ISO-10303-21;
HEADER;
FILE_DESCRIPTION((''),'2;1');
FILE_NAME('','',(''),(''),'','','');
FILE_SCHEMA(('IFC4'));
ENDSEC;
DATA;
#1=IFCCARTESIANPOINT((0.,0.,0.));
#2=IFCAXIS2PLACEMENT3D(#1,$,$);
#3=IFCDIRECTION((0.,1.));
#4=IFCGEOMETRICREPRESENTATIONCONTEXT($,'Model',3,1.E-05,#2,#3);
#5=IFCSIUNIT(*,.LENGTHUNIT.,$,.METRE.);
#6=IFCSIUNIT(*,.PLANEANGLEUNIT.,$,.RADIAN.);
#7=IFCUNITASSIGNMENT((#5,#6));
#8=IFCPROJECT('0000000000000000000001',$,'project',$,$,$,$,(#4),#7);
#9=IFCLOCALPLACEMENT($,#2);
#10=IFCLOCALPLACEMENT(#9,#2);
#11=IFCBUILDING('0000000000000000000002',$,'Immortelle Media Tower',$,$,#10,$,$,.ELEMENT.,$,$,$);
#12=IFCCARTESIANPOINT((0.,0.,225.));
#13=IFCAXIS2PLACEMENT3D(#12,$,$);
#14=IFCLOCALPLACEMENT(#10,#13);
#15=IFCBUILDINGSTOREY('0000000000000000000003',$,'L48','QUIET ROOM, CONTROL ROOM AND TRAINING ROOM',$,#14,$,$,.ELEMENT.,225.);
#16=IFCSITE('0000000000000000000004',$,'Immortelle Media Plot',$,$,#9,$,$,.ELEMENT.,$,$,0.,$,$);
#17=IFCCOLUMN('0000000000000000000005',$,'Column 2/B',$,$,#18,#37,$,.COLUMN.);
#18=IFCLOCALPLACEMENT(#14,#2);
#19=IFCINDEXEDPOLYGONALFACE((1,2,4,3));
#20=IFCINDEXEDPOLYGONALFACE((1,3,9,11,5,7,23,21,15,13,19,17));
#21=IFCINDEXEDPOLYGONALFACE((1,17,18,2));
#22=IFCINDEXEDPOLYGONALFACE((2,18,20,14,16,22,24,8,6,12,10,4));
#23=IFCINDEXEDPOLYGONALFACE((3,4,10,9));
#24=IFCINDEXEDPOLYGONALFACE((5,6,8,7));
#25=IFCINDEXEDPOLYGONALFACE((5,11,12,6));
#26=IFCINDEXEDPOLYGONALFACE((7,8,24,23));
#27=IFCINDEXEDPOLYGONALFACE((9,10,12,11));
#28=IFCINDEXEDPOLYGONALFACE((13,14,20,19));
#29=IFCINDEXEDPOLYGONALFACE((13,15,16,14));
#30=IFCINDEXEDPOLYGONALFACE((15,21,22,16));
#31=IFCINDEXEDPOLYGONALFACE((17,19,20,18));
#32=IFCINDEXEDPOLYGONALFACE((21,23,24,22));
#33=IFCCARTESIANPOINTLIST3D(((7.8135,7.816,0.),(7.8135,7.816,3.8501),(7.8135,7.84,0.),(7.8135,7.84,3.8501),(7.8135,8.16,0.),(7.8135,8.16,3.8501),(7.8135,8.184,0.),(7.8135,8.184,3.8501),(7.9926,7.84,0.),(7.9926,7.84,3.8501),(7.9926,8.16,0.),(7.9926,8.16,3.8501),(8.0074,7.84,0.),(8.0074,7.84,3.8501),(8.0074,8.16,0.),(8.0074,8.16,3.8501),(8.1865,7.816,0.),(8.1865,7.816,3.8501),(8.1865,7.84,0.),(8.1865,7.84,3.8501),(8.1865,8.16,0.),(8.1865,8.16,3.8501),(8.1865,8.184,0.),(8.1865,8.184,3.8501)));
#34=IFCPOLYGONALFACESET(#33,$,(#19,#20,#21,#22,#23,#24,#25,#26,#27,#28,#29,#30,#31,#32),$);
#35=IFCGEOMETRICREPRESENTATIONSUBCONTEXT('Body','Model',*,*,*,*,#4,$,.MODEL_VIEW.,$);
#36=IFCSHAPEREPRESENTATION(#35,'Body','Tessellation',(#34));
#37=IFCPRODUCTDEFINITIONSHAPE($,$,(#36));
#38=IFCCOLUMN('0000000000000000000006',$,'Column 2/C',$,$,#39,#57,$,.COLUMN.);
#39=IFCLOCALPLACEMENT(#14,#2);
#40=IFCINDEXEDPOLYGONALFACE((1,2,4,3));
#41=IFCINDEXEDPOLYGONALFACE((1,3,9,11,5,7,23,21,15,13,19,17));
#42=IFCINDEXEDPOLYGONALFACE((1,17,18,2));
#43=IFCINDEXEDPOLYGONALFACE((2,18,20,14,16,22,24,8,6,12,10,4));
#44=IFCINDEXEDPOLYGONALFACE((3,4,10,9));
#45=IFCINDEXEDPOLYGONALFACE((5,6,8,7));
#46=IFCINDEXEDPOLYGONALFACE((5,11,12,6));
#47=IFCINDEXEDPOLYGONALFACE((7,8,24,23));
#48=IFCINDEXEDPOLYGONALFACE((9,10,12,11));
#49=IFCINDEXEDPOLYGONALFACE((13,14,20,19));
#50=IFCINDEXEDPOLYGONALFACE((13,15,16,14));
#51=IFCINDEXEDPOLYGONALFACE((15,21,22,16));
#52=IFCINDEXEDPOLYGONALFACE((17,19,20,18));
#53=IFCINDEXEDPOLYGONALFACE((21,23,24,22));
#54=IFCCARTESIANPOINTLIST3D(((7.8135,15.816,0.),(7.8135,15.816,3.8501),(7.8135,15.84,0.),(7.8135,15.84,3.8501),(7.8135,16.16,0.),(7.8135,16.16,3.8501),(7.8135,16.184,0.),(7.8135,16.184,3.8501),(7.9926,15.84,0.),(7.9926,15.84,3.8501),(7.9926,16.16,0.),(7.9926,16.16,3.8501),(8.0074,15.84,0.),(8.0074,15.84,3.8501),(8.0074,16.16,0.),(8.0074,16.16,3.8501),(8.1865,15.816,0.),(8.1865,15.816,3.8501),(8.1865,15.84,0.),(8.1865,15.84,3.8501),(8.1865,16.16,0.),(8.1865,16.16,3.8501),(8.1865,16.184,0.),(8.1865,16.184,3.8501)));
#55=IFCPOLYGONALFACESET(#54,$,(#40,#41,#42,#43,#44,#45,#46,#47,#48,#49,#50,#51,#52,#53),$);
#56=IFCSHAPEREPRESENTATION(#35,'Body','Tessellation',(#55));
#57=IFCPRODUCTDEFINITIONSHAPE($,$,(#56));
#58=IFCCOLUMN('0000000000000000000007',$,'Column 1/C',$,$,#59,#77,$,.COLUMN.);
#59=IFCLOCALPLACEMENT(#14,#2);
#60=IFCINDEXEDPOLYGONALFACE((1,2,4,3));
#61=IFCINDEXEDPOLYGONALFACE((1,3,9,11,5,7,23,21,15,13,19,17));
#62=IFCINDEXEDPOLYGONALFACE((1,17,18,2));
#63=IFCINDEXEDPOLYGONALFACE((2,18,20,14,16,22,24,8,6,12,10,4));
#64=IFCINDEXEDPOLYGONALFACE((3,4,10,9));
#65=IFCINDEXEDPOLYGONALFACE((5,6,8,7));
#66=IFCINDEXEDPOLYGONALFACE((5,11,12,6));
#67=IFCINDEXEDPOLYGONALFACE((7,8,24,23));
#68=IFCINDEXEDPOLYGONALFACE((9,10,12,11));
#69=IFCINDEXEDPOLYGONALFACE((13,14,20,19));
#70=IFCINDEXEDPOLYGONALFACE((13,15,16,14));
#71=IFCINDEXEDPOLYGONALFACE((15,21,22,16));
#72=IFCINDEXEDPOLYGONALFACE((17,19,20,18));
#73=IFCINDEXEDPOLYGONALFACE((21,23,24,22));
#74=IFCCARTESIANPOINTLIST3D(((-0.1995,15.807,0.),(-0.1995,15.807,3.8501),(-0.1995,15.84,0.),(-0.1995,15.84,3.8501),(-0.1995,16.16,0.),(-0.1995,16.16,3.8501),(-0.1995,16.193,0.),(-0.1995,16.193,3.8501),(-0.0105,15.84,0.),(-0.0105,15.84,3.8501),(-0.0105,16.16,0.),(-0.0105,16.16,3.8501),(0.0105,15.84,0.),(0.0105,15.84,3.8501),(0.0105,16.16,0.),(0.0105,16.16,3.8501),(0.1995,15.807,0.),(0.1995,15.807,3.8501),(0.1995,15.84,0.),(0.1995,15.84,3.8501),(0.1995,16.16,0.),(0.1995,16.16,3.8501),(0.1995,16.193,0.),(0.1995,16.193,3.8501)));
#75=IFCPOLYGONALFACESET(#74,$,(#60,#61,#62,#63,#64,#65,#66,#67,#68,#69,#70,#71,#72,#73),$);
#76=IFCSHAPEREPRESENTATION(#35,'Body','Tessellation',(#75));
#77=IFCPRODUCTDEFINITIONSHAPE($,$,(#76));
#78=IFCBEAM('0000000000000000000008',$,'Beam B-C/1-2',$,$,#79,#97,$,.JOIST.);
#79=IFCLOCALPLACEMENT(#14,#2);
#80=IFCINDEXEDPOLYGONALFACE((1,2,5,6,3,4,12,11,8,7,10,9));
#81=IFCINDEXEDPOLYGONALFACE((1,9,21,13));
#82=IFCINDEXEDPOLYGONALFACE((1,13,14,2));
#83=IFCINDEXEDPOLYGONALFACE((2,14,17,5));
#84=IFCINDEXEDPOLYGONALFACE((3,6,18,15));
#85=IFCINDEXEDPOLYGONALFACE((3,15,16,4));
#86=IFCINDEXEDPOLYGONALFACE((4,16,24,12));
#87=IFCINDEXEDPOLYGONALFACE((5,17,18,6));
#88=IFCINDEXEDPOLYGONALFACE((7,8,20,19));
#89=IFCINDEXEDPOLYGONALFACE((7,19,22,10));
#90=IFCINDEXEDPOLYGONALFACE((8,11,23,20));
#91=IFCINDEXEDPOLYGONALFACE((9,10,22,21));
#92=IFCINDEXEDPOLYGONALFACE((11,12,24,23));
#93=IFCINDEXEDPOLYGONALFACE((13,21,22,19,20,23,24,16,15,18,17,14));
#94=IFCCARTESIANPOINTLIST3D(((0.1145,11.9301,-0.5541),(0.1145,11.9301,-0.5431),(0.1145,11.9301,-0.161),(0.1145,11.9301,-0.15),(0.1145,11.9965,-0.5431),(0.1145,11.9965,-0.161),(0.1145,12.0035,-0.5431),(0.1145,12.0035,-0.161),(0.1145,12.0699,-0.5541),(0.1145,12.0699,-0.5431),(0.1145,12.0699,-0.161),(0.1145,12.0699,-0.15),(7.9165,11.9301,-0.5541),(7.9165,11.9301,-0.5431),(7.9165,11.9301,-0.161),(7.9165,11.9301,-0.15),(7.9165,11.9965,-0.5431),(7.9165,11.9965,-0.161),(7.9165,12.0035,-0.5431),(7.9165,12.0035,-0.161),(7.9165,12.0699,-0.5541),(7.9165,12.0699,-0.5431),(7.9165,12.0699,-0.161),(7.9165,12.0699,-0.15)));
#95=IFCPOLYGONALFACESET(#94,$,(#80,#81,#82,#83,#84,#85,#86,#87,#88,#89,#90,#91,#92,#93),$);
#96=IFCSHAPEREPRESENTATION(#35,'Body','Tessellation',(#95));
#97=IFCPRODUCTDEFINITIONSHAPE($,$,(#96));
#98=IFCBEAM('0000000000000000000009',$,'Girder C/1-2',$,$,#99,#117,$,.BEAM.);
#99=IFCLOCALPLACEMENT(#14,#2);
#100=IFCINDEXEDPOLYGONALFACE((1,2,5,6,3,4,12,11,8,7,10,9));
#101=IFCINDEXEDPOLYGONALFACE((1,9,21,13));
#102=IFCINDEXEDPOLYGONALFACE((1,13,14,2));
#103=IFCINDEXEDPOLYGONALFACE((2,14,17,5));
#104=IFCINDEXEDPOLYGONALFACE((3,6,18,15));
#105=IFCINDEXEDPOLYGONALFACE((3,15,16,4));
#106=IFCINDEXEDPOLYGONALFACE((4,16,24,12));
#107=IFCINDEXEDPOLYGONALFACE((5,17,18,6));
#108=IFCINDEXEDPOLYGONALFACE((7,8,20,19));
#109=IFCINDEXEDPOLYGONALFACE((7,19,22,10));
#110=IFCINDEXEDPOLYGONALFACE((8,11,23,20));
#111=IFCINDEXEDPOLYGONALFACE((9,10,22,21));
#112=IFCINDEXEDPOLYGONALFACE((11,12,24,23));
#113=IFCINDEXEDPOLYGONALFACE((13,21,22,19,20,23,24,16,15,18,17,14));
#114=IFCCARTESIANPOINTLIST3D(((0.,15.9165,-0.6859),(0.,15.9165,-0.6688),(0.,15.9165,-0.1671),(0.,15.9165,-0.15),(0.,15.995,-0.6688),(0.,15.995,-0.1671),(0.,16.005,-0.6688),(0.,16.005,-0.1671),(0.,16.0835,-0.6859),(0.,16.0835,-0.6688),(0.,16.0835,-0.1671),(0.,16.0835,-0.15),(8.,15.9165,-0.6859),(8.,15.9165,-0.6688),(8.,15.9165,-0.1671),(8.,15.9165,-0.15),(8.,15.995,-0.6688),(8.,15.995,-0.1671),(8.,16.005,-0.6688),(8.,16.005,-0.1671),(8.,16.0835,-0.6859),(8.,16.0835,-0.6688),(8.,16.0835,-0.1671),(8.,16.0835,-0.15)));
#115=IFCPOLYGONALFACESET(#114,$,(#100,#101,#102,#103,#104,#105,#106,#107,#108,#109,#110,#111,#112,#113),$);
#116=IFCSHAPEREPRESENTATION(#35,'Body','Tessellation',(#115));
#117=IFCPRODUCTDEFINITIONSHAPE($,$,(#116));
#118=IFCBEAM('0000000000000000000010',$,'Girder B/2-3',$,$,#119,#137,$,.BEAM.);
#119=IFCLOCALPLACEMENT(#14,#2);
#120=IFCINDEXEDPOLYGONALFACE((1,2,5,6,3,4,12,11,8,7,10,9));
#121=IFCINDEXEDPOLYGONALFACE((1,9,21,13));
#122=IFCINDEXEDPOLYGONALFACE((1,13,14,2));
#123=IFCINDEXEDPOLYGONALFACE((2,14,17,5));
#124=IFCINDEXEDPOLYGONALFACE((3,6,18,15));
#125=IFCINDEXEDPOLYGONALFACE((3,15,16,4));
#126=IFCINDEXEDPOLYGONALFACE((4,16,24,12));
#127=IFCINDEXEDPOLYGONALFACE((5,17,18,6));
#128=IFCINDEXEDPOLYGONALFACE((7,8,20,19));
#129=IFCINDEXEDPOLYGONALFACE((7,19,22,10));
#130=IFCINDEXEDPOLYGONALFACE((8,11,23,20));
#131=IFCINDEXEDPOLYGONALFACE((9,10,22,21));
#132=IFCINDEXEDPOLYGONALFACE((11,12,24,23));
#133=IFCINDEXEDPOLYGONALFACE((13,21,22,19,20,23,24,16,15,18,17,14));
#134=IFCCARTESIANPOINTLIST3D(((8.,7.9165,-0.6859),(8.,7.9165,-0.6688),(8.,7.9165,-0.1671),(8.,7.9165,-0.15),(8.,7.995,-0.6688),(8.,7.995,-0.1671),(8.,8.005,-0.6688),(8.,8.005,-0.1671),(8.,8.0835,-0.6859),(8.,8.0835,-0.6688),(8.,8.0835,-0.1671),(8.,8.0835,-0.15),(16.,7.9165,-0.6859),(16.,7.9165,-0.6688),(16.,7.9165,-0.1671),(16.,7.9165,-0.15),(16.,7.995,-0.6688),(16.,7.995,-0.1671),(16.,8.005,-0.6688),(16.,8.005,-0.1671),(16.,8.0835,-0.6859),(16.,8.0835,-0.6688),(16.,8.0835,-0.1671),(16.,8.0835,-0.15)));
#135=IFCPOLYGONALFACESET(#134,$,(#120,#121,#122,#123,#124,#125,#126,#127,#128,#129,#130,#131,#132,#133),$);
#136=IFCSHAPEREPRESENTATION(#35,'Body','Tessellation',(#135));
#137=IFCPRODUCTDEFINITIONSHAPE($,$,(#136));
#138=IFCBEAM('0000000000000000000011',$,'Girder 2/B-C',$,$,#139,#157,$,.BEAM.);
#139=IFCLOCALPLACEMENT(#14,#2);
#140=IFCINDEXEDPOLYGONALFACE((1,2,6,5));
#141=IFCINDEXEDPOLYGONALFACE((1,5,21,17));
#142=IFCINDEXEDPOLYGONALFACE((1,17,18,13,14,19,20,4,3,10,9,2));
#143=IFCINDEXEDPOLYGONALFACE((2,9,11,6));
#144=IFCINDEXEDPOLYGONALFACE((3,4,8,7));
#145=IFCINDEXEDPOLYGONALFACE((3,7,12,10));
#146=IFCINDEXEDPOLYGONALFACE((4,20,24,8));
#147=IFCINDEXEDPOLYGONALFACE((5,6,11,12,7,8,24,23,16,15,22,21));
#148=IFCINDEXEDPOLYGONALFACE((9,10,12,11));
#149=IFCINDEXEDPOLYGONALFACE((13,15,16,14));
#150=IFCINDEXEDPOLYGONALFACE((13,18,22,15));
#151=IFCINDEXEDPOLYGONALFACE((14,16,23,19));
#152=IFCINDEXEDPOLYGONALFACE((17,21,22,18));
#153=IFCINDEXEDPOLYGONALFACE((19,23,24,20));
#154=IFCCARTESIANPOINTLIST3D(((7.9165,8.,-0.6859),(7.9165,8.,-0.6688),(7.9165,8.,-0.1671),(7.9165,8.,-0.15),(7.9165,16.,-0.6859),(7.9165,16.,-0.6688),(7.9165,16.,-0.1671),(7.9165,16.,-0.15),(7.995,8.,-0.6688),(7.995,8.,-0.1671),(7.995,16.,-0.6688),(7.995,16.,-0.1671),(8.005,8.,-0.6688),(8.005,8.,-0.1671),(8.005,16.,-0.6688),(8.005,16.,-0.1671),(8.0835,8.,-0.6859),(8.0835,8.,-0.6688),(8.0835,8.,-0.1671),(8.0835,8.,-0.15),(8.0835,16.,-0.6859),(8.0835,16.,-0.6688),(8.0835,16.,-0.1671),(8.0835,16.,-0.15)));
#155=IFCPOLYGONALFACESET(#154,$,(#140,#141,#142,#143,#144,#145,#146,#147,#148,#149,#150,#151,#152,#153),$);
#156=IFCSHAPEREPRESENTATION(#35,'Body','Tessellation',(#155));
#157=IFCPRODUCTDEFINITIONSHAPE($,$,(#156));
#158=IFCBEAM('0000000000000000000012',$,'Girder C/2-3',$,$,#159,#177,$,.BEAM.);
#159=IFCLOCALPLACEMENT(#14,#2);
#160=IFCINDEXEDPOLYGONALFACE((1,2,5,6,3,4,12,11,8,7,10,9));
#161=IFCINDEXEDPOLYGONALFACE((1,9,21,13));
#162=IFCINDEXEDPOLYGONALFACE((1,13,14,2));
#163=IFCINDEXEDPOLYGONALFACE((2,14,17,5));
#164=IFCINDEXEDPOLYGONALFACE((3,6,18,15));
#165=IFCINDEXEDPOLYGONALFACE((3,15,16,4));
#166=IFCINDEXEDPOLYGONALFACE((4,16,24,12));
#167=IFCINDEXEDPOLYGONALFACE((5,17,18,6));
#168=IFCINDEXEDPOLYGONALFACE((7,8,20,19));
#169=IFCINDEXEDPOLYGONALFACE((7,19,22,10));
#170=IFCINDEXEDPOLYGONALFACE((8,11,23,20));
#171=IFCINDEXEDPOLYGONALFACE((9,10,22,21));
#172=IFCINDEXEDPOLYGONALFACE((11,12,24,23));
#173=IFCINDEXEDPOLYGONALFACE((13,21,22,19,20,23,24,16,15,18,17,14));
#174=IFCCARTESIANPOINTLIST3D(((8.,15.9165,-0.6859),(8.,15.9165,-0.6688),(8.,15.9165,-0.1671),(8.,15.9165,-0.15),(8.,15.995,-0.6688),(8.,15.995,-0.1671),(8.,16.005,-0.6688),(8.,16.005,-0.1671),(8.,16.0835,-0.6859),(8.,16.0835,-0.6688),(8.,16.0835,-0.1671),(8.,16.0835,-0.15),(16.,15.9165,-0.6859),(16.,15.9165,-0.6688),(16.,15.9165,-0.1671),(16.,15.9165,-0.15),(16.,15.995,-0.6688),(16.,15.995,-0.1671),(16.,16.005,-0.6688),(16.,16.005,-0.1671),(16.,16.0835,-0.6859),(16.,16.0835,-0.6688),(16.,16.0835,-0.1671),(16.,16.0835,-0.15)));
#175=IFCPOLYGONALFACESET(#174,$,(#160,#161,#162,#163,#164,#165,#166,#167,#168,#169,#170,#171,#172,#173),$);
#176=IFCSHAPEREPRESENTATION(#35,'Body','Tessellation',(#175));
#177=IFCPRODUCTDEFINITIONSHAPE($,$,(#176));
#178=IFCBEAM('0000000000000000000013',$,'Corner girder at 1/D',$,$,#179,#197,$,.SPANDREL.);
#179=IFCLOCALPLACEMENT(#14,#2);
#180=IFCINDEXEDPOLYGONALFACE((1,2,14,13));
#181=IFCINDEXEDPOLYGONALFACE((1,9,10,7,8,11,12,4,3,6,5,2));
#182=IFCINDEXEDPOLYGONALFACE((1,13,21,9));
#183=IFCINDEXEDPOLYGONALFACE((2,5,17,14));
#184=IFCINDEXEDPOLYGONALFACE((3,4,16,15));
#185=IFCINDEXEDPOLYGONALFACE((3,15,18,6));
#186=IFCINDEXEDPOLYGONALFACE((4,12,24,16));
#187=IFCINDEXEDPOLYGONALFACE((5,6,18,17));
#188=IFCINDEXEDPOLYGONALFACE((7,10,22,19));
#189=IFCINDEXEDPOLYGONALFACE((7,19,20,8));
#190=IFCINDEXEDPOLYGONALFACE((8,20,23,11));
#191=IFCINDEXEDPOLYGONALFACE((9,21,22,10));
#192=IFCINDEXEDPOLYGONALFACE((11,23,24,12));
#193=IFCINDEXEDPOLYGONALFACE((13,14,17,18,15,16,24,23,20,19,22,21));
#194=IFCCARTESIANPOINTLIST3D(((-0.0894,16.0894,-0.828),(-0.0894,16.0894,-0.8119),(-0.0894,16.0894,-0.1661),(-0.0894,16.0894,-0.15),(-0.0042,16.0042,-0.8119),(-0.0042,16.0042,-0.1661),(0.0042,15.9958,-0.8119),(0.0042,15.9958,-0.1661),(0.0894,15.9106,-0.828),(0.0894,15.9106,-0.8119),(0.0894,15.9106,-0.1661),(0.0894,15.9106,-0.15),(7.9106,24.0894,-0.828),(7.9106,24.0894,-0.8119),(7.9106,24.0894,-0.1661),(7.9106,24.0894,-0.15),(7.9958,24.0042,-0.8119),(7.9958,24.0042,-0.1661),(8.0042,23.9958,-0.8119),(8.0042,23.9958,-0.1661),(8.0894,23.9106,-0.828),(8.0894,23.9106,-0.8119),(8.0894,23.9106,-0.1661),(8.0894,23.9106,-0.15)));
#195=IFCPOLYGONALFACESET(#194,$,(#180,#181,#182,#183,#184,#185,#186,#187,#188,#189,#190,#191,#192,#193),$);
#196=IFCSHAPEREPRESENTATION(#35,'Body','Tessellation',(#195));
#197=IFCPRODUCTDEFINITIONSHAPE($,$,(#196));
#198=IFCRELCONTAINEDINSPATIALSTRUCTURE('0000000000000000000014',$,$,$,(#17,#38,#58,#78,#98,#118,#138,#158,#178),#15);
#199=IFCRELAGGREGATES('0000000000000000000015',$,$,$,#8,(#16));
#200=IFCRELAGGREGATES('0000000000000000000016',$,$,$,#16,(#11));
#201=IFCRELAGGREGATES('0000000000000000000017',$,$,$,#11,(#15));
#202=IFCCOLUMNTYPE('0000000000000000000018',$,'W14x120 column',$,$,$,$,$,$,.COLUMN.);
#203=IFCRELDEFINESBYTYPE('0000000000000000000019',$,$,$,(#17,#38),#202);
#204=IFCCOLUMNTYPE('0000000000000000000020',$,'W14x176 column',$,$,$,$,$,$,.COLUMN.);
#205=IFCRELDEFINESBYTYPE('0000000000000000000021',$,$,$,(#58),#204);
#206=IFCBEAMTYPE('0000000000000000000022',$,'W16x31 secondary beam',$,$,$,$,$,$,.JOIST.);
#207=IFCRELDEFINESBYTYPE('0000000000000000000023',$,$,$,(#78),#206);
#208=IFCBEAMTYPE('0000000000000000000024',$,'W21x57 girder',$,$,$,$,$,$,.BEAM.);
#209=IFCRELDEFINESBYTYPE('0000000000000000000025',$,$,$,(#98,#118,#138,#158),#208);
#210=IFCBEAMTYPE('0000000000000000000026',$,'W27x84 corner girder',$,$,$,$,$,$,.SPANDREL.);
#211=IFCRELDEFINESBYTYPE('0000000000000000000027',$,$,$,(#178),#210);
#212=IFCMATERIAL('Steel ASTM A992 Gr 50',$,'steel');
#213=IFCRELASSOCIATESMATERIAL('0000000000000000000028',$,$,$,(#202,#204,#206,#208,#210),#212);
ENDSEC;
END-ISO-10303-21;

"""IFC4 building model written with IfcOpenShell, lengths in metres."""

from ifc_helpers import new_model, si_unit, direction, frame, origin, origin_2d, place, context, subcontext, project, spatial, i_section, extrude, material, material_profile, profile_set, type_object, element, save


model = new_model("IFC4")

# Units and contexts
model_context = context("Model", 3, precision=1e-05, world=origin(), true_north=direction((0.0, 1.0)))
body_context = subcontext(model_context, "Body", "Model", "MODEL_VIEW")
ifc_project = project(units=[si_unit("LENGTHUNIT", "METRE"), si_unit("PLANEANGLEUNIT", "RADIAN")], contexts=[model_context])

# Site, building, storey
site_placement = place(None, origin())
site = spatial("IfcSite", under=ifc_project, at=site_placement, Name="Immortelle Media Plot", CompositionType="ELEMENT", RefElevation=0.0)
building_placement = place(site_placement, origin())
building = spatial("IfcBuilding", under=site, at=building_placement, Name="Immortelle Media Tower", CompositionType="ELEMENT")
storey_placement = place(building_placement, frame((0.0, 0.0, 225.0)))
storey = spatial("IfcBuildingStorey", under=building, at=storey_placement, Name="L48", Description="QUIET ROOM, CONTROL ROOM AND TRAINING ROOM", CompositionType="ELEMENT", Elevation=225.0)

# Columns
ifc_material_1 = material(Name="Steel ASTM A992 Gr 50", Category="steel")
ifc_material_profile_1 = material_profile(ifc_material_1, i_section(OverallWidth=0.373, OverallDepth=0.3679, WebThickness=0.0149, FlangeThickness=0.0239, at=origin_2d()), Name="W14x120")
ifc_profile_set_1 = profile_set([ifc_material_profile_1], Name="Steel ASTM A992 Gr 50")
column_type_1 = type_object("IfcColumnType", Name="W14x120 column", PredefinedType="COLUMN", material=ifc_profile_set_1)
for number, where, z_axis, x_axis, name in (
    (1, (8.0, 8.0, 0.0), (0.0, 0.0, 1.0), (1.0, 0.0, 0.0), "Column 2/B"),
    (2, (8.0, 16.0, 0.0), (0.0, 0.0, 1.0), (1.0, 0.0, 0.0), "Column 2/C"),
):
    element("IfcColumn", number, at=place(storey_placement, frame(where, z_axis=z_axis, x_axis=x_axis)), inside=storey, type_object=column_type_1, Name=name, PredefinedType="COLUMN", context=body_context, shape_type="SweptSolid", body=[
        extrude(i_section(OverallWidth=0.373, OverallDepth=0.3679, WebThickness=0.0149, FlangeThickness=0.0239, at=origin_2d()), origin(), (0.0, 0.0, 1.0), 3.8501),
    ])
ifc_material_profile_2 = material_profile(ifc_material_1, i_section(OverallWidth=0.3989, OverallDepth=0.386, WebThickness=0.021, FlangeThickness=0.033, at=origin_2d()), Name="W14x176")
ifc_profile_set_2 = profile_set([ifc_material_profile_2], Name="Steel ASTM A992 Gr 50")
column_type_2 = type_object("IfcColumnType", Name="W14x176 column", PredefinedType="COLUMN", material=ifc_profile_set_2)
column_placement = place(storey_placement, frame((0.0, 16.0, 0.0), z_axis=(0.0, 0.0, 1.0), x_axis=(1.0, 0.0, 0.0)))
element("IfcColumn", 3, at=column_placement, inside=storey, type_object=column_type_2, Name="Column 1/C", PredefinedType="COLUMN", context=body_context, shape_type="SweptSolid", body=[
    extrude(i_section(OverallWidth=0.3989, OverallDepth=0.386, WebThickness=0.021, FlangeThickness=0.033, at=origin_2d()), origin(), (0.0, 0.0, 1.0), 3.8501),
])

# Beams
ifc_material_profile_3 = material_profile(ifc_material_1, i_section(OverallWidth=0.1399, OverallDepth=0.4041, WebThickness=0.0071, FlangeThickness=0.011, at=origin_2d()), Name="W16x31")
ifc_profile_set_3 = profile_set([ifc_material_profile_3], Name="Steel ASTM A992 Gr 50")
beam_type_1 = type_object("IfcBeamType", Name="W16x31 secondary beam", PredefinedType="JOIST", material=ifc_profile_set_3)
beam_1_placement = place(storey_placement, frame((0.1145, 12.0, -0.3521), z_axis=(1.0, 0.0, 0.0), x_axis=(0.0, 1.0, 0.0)))
element("IfcBeam", 4, at=beam_1_placement, inside=storey, type_object=beam_type_1, Name="Beam B-C/1-2", PredefinedType="JOIST", context=body_context, shape_type="SweptSolid", body=[
    extrude(i_section(OverallWidth=0.1399, OverallDepth=0.4041, WebThickness=0.0071, FlangeThickness=0.011, at=origin_2d()), origin(), (0.0, 0.0, 1.0), 7.802),
])
ifc_material_profile_4 = material_profile(ifc_material_1, i_section(OverallWidth=0.167, OverallDepth=0.5359, WebThickness=0.01, FlangeThickness=0.0171, at=origin_2d()), Name="W21x57")
ifc_profile_set_4 = profile_set([ifc_material_profile_4], Name="Steel ASTM A992 Gr 50")
beam_type_2 = type_object("IfcBeamType", Name="W21x57 girder", PredefinedType="BEAM", material=ifc_profile_set_4)
for number, where, z_axis, x_axis, name in (
    (5, (0.0, 16.0, -0.418), (1.0, 0.0, 0.0), (0.0, 1.0, 0.0), "Girder C/1-2"),
    (6, (8.0, 8.0, -0.418), (1.0, 0.0, 0.0), (0.0, 1.0, 0.0), "Girder B/2-3"),
    (7, (8.0, 8.0, -0.418), (0.0, 1.0, 0.0), (-1.0, 0.0, 0.0), "Girder 2/B-C"),
    (8, (8.0, 16.0, -0.418), (1.0, 0.0, 0.0), (0.0, 1.0, 0.0), "Girder C/2-3"),
):
    element("IfcBeam", number, at=place(storey_placement, frame(where, z_axis=z_axis, x_axis=x_axis)), inside=storey, type_object=beam_type_2, Name=name, PredefinedType="BEAM", context=body_context, shape_type="SweptSolid", body=[
        extrude(i_section(OverallWidth=0.167, OverallDepth=0.5359, WebThickness=0.01, FlangeThickness=0.0171, at=origin_2d()), origin(), (0.0, 0.0, 1.0), 8.0),
    ])
ifc_material_profile_5 = material_profile(ifc_material_1, i_section(OverallWidth=0.2529, OverallDepth=0.678, WebThickness=0.012, FlangeThickness=0.0161, at=origin_2d()), Name="W27x84")
ifc_profile_set_5 = profile_set([ifc_material_profile_5], Name="Steel ASTM A992 Gr 50")
beam_type_3 = type_object("IfcBeamType", Name="W27x84 corner girder", PredefinedType="SPANDREL", material=ifc_profile_set_5)
beam_2_placement = place(storey_placement, frame((0.0, 16.0, -0.489), z_axis=(0.707107, 0.707107, 0.0), x_axis=(-0.707107, 0.707107, 0.0)))
element("IfcBeam", 9, at=beam_2_placement, inside=storey, type_object=beam_type_3, Name="Corner girder at 1/D", PredefinedType="SPANDREL", context=body_context, shape_type="SweptSolid", body=[
    extrude(i_section(OverallWidth=0.2529, OverallDepth=0.678, WebThickness=0.012, FlangeThickness=0.0161, at=origin_2d()), origin(), (0.0, 0.0, 1.0), 11.3137),
])

save(model, "model.ifc")
